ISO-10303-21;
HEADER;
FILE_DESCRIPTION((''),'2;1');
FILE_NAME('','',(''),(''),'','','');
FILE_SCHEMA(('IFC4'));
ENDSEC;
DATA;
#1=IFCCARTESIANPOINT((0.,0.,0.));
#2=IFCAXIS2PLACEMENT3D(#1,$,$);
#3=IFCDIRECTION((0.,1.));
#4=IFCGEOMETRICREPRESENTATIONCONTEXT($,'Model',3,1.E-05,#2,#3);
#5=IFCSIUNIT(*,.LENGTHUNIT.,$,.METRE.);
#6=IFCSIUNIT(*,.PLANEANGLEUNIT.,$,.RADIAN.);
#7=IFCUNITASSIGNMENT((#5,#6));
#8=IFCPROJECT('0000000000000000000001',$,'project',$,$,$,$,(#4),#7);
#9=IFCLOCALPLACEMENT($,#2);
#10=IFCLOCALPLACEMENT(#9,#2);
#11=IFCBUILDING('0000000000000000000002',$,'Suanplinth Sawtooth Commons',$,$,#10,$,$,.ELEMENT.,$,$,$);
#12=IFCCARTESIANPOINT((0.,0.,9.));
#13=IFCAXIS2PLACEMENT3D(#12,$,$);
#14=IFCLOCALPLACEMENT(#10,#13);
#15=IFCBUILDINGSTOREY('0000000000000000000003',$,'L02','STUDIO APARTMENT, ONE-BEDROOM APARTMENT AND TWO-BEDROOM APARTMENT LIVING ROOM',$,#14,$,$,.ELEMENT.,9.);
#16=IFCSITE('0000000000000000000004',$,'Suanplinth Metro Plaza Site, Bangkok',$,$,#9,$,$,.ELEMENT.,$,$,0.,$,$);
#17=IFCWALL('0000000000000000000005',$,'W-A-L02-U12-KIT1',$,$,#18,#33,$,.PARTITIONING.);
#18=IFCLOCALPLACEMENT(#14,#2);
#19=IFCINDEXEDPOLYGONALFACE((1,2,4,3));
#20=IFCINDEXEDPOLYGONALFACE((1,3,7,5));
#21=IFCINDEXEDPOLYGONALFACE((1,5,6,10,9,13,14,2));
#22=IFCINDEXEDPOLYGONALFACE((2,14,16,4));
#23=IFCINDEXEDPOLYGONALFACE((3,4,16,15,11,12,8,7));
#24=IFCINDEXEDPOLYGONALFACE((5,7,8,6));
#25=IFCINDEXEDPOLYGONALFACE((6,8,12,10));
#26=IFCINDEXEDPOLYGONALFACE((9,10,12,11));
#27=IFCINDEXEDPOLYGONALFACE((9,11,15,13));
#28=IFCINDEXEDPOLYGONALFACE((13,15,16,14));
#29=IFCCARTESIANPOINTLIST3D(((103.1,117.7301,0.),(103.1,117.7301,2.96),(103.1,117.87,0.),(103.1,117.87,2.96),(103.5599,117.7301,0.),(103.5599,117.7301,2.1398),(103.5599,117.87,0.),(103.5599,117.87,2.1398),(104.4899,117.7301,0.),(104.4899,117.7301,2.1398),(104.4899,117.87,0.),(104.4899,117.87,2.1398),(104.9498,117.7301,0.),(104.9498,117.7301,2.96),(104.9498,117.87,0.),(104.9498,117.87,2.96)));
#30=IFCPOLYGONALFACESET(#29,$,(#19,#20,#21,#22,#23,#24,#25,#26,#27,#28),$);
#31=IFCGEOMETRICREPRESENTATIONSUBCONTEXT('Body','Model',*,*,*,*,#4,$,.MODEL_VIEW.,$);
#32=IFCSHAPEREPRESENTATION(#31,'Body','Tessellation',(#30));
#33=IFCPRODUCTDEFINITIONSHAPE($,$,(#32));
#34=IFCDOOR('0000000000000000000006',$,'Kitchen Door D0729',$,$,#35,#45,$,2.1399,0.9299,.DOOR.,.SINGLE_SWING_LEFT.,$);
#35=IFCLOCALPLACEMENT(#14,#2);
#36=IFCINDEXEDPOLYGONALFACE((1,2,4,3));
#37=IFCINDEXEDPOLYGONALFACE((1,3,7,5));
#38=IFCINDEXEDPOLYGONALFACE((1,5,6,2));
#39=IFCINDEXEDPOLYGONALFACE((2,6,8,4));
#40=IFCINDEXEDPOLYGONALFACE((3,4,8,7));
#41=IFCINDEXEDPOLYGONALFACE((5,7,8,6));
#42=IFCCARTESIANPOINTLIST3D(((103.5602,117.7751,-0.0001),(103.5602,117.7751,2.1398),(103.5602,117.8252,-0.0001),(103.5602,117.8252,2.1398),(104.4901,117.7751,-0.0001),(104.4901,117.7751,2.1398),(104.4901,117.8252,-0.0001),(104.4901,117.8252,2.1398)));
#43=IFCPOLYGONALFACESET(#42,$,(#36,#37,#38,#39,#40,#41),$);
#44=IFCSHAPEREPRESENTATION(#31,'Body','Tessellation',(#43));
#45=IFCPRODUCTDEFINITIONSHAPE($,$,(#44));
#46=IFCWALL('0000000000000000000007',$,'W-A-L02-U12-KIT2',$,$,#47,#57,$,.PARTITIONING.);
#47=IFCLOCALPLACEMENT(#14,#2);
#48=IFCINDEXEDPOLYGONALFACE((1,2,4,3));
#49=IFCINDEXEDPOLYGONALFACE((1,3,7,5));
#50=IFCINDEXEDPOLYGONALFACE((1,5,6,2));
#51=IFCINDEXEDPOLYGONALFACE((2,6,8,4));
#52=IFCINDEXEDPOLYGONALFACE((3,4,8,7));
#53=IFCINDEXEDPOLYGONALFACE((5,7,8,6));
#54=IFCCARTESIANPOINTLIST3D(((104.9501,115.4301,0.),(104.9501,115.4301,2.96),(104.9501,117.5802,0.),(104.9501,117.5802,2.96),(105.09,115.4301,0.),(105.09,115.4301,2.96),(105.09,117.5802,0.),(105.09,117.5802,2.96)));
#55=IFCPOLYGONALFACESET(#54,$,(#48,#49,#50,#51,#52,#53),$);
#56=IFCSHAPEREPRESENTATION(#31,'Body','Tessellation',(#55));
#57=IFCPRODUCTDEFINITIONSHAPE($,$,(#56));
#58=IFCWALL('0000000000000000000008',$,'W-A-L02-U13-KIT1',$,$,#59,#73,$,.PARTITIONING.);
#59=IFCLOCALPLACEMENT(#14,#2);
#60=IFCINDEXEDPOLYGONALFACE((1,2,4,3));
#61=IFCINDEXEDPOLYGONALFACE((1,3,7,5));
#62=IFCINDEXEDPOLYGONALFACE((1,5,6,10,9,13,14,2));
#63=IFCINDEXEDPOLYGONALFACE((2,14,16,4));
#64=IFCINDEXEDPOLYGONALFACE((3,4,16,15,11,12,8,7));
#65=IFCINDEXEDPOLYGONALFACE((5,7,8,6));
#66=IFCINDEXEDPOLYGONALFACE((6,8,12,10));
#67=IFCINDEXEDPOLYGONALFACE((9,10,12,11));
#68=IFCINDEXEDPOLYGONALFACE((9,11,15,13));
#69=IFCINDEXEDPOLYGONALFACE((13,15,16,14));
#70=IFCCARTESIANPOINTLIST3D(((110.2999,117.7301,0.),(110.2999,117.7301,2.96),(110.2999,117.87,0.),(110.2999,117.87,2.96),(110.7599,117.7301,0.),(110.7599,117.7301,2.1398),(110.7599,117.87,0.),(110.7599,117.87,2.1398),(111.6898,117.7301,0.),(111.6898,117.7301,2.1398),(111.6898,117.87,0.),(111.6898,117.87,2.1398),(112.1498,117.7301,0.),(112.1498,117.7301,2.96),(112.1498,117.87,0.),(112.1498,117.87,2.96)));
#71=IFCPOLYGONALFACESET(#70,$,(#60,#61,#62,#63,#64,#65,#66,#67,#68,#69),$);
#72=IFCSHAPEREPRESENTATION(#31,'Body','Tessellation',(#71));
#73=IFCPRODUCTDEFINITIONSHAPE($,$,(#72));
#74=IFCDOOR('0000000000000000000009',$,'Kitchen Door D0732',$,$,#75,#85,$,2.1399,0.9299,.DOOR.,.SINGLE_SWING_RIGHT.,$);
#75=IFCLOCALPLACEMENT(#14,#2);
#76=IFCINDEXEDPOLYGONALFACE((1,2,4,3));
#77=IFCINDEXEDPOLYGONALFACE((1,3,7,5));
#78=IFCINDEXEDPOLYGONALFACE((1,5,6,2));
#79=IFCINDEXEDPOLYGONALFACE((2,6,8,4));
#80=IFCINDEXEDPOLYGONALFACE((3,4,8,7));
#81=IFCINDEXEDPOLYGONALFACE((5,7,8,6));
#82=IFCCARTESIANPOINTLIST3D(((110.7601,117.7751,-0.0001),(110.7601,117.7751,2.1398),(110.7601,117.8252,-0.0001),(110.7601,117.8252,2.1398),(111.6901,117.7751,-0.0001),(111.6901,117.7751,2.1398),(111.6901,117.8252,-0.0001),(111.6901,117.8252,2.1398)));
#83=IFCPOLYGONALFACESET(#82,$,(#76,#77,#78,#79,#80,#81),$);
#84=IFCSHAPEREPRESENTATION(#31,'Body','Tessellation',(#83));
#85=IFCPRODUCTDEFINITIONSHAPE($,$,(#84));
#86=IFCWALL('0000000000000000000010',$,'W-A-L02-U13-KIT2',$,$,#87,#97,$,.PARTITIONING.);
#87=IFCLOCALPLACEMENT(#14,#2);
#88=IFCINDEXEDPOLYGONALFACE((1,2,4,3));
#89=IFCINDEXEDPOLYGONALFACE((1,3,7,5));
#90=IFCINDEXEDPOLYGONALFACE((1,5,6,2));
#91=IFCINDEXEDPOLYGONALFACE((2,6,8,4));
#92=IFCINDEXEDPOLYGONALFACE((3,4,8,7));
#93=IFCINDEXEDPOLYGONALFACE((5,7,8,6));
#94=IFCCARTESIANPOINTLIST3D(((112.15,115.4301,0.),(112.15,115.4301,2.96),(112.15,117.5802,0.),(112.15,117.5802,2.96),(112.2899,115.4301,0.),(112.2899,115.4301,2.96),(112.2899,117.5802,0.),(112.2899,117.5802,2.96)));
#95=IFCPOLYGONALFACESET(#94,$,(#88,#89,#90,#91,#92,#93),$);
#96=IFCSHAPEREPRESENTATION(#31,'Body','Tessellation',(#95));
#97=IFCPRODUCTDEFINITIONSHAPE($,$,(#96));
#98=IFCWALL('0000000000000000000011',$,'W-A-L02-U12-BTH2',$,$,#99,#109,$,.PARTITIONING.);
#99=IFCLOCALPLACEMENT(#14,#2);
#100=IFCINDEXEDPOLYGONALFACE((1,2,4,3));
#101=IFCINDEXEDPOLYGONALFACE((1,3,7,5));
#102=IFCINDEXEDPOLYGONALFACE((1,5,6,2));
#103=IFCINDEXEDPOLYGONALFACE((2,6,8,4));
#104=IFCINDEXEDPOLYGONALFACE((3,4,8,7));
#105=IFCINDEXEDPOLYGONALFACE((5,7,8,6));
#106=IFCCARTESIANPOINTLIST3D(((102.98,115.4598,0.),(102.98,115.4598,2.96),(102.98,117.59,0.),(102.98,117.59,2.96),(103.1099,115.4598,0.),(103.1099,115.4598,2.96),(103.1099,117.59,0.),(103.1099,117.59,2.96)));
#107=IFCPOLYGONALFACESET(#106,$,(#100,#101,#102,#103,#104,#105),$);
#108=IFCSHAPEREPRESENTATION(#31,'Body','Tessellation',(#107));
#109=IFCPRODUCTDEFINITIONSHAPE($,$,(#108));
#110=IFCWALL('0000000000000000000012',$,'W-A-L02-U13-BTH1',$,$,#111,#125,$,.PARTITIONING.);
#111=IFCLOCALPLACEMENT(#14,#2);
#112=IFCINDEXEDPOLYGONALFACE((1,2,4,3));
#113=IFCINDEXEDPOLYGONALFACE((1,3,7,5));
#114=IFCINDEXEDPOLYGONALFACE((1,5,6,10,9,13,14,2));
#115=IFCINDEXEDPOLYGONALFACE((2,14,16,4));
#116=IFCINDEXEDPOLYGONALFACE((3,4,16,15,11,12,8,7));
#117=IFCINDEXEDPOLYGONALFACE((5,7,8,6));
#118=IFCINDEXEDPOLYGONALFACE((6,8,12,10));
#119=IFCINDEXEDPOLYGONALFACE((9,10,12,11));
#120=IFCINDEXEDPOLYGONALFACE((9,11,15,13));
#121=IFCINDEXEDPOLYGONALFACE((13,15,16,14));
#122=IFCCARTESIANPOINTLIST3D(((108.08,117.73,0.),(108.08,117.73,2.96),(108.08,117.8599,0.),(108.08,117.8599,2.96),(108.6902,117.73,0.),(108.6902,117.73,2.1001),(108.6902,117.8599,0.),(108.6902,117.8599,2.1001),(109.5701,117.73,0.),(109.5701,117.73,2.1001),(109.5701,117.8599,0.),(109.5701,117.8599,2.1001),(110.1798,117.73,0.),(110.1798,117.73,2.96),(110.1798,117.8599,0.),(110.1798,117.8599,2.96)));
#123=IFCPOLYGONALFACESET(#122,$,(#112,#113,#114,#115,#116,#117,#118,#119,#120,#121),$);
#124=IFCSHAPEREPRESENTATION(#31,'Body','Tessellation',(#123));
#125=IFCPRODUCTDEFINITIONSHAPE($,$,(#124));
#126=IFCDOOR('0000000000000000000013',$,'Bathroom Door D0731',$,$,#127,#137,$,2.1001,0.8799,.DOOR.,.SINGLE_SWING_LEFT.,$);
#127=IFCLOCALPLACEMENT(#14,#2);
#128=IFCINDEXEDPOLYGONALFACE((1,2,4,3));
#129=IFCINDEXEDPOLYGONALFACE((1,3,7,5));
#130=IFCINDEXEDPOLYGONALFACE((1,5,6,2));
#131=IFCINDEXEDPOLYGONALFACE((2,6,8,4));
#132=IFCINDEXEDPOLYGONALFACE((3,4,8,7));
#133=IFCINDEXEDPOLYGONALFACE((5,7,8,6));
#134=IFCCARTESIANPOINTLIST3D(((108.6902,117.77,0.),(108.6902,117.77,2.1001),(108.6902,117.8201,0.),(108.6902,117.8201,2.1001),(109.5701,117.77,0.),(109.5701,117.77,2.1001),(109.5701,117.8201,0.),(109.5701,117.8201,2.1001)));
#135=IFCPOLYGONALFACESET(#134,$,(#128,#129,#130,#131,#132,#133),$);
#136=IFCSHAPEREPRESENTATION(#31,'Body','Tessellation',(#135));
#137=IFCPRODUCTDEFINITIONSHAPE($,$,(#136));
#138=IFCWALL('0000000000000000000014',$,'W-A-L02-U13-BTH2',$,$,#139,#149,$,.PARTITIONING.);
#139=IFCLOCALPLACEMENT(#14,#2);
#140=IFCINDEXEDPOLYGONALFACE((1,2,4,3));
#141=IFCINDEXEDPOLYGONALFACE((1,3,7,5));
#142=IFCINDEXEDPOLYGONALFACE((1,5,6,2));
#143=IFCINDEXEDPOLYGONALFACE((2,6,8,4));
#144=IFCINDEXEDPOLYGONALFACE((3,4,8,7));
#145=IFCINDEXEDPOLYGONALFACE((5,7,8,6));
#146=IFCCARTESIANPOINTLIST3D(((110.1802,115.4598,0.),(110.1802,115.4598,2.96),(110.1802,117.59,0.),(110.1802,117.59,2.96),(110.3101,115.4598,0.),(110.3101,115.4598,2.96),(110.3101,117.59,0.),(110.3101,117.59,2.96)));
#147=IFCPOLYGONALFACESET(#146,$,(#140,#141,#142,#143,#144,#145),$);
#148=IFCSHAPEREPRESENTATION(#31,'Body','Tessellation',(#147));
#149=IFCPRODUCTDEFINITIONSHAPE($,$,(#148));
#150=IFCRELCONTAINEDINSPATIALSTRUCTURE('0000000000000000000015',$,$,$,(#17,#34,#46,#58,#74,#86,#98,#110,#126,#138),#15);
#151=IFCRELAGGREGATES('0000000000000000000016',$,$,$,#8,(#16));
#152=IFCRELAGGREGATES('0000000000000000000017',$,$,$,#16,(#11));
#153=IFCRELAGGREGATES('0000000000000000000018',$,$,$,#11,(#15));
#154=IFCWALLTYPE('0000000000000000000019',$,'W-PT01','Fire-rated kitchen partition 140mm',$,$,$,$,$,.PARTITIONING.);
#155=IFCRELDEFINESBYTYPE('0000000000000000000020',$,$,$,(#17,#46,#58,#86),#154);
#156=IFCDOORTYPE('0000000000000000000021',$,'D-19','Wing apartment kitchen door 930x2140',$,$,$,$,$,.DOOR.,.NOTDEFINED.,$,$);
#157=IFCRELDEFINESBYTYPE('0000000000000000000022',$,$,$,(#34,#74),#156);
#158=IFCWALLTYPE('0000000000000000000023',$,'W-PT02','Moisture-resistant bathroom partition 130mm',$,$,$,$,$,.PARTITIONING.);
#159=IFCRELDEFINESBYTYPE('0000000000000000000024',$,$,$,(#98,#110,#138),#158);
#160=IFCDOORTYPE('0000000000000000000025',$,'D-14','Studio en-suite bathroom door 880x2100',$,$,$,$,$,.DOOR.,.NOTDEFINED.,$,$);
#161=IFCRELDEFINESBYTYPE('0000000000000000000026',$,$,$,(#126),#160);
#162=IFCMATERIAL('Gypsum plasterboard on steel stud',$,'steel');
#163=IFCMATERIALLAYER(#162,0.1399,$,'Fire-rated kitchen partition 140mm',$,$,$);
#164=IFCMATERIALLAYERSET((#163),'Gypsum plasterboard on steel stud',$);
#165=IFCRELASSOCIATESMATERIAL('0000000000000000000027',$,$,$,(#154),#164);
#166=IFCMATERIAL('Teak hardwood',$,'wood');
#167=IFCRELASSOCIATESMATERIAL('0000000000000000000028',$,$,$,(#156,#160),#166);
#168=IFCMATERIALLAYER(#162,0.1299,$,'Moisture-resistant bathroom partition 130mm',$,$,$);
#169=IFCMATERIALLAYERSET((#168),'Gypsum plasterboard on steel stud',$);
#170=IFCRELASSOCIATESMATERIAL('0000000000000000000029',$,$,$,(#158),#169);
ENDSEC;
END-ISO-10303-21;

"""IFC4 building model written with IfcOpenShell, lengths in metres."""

from ifc_helpers import new_model, si_unit, direction, frame, frame_2d, origin, place, context, subcontext, project, spatial, rectangle, extrude, material, layer, layer_set, type_object, element, fill, save


model = new_model("IFC4")

# Units and contexts
model_context = context("Model", 3, precision=1e-05, world=origin(), true_north=direction((0.0, 1.0)))
body_context = subcontext(model_context, "Body", "Model", "MODEL_VIEW")
ifc_project = project(units=[si_unit("LENGTHUNIT", "METRE"), si_unit("PLANEANGLEUNIT", "RADIAN")], contexts=[model_context])

# Site, building, storey
site_placement = place(None, origin())
site = spatial("IfcSite", under=ifc_project, at=site_placement, Name="Suanplinth Metro Plaza Site, Bangkok", CompositionType="ELEMENT", RefElevation=0.0)
building_placement = place(site_placement, origin())
building = spatial("IfcBuilding", under=site, at=building_placement, Name="Suanplinth Sawtooth Commons", CompositionType="ELEMENT")
storey_placement = place(building_placement, frame((0.0, 0.0, 9.0)))
storey = spatial("IfcBuildingStorey", under=building, at=storey_placement, Name="L02", Description="STUDIO APARTMENT, ONE-BEDROOM APARTMENT AND TWO-BEDROOM APARTMENT LIVING ROOM", CompositionType="ELEMENT", Elevation=9.0)

# Wall, opening, door
ifc_material_1 = material(Name="Gypsum plasterboard on steel stud", Category="steel")
ifc_layer_1 = layer(ifc_material_1, 0.1399, Name="Fire-rated kitchen partition 140mm")
ifc_layer_set_1 = layer_set([ifc_layer_1], Name="Gypsum plasterboard on steel stud")
wall_type_1 = type_object("IfcWallType", Name="W-PT01", Description="Fire-rated kitchen partition 140mm", PredefinedType="PARTITIONING", material=ifc_layer_set_1)
wall_1_placement = place(storey_placement, frame((103.1001, 117.8, 0.0), z_axis=(0.0, 0.0, 1.0), x_axis=(1.0, 0.0, 0.0)))
wall_1 = element("IfcWall", 1, at=wall_1_placement, inside=storey, type_object=wall_type_1, Name="W-A-L02-U12-KIT1", PredefinedType="PARTITIONING", context=body_context, shape_type="SweptSolid", body=[
    extrude(rectangle(XDim=1.8499, YDim=0.1399, at=frame_2d((0.9248, 0.0))), origin(), (0.0, 0.0, 1.0), 2.96),
])
opening_1_placement = place(wall_1_placement, frame((0.46, 0.0, 0.0)))
opening_1 = element("IfcOpeningElement", 2, at=opening_1_placement, cuts=wall_1, PredefinedType="OPENING", context=body_context, shape_type="SweptSolid", body=[
    extrude(rectangle(XDim=0.9299, YDim=2.1399, at=frame_2d((0.4648, 1.0698))), frame((0.0, 0.085, 0.0), z_axis=(0.0, -1.0, 0.0), x_axis=(1.0, 0.0, 0.0)), (0.0, 0.0, 1.0), 0.1697),
])
ifc_material_2 = material(Name="Teak hardwood", Category="wood")
door_type_1 = type_object("IfcDoorType", Name="D-19", Description="Wing apartment kitchen door 930x2140", OperationType="NOTDEFINED", PredefinedType="DOOR", material=ifc_material_2)
door_1_placement = place(opening_1_placement, frame((0.9299, 0.0, 0.0), z_axis=(0.0, 0.0, 1.0), x_axis=(-1.0, 0.0, 0.0)))
door_1 = element("IfcDoor", 3, at=door_1_placement, inside=storey, type_object=door_type_1, Name="Kitchen Door D0729", OperationType="SINGLE_SWING_LEFT", OverallHeight=2.1399, OverallWidth=0.9299, PredefinedType="DOOR", context=body_context, shape_type="SweptSolid", body=[
    extrude(rectangle(XDim=0.9299, YDim=2.1399, at=frame_2d((0.4648, 1.0698))), frame((0.0, 0.0249, 0.0), z_axis=(0.0, -1.0, 0.0), x_axis=(1.0, 0.0, 0.0)), (0.0, 0.0, 1.0), 0.05),
])
fill(opening_1, door_1)

# Wall
wall_2_placement = place(storey_placement, frame((105.02, 115.4299, 0.0), z_axis=(0.0, 0.0, 1.0), x_axis=(0.0, 1.0, 0.0)))
element("IfcWall", 4, at=wall_2_placement, inside=storey, type_object=wall_type_1, Name="W-A-L02-U12-KIT2", PredefinedType="PARTITIONING", context=body_context, shape_type="SweptSolid", body=[
    extrude(rectangle(XDim=2.1501, YDim=0.1399, at=frame_2d((1.0752, 0.0))), origin(), (0.0, 0.0, 1.0), 2.96),
])

# Wall, opening, door
wall_3_placement = place(storey_placement, frame((110.3, 117.8, 0.0), z_axis=(0.0, 0.0, 1.0), x_axis=(1.0, 0.0, 0.0)))
wall_3 = element("IfcWall", 5, at=wall_3_placement, inside=storey, type_object=wall_type_1, Name="W-A-L02-U13-KIT1", PredefinedType="PARTITIONING", context=body_context, shape_type="SweptSolid", body=[
    extrude(rectangle(XDim=1.8499, YDim=0.1399, at=frame_2d((0.9248, 0.0))), origin(), (0.0, 0.0, 1.0), 2.96),
])
opening_2_placement = place(wall_3_placement, frame((0.46, 0.0, 0.0)))
opening_2 = element("IfcOpeningElement", 6, at=opening_2_placement, cuts=wall_3, PredefinedType="OPENING", context=body_context, shape_type="SweptSolid", body=[
    extrude(rectangle(XDim=0.9299, YDim=2.1399, at=frame_2d((0.4648, 1.0698))), frame((0.0, 0.085, 0.0), z_axis=(0.0, -1.0, 0.0), x_axis=(1.0, 0.0, 0.0)), (0.0, 0.0, 1.0), 0.1697),
])
door_2_placement = place(opening_2_placement, frame((0.9299, 0.0, 0.0), z_axis=(0.0, 0.0, 1.0), x_axis=(-1.0, 0.0, 0.0)))
door_2 = element("IfcDoor", 7, at=door_2_placement, inside=storey, type_object=door_type_1, Name="Kitchen Door D0732", OperationType="SINGLE_SWING_RIGHT", OverallHeight=2.1399, OverallWidth=0.9299, PredefinedType="DOOR", context=body_context, shape_type="SweptSolid", body=[
    extrude(rectangle(XDim=0.9299, YDim=2.1399, at=frame_2d((0.4648, 1.0698))), frame((0.0, 0.0249, 0.0), z_axis=(0.0, -1.0, 0.0), x_axis=(1.0, 0.0, 0.0)), (0.0, 0.0, 1.0), 0.05),
])
fill(opening_2, door_2)

# Walls
wall_4_placement = place(storey_placement, frame((112.22, 115.4299, 0.0), z_axis=(0.0, 0.0, 1.0), x_axis=(0.0, 1.0, 0.0)))
element("IfcWall", 8, at=wall_4_placement, inside=storey, type_object=wall_type_1, Name="W-A-L02-U13-KIT2", PredefinedType="PARTITIONING", context=body_context, shape_type="SweptSolid", body=[
    extrude(rectangle(XDim=2.1501, YDim=0.1399, at=frame_2d((1.0752, 0.0))), origin(), (0.0, 0.0, 1.0), 2.96),
])
ifc_layer_2 = layer(ifc_material_1, 0.1299, Name="Moisture-resistant bathroom partition 130mm")
ifc_layer_set_2 = layer_set([ifc_layer_2], Name="Gypsum plasterboard on steel stud")
wall_type_2 = type_object("IfcWallType", Name="W-PT02", Description="Moisture-resistant bathroom partition 130mm", PredefinedType="PARTITIONING", material=ifc_layer_set_2)
wall_5_placement = place(storey_placement, frame((103.0449, 115.46, 0.0), z_axis=(0.0, 0.0, 1.0), x_axis=(0.0, 1.0, 0.0)))
element("IfcWall", 9, at=wall_5_placement, inside=storey, type_object=wall_type_2, Name="W-A-L02-U12-BTH2", PredefinedType="PARTITIONING", context=body_context, shape_type="SweptSolid", body=[
    extrude(rectangle(XDim=2.1301, YDim=0.1299, at=frame_2d((1.0649, 0.0))), origin(), (0.0, 0.0, 1.0), 2.96),
])

# Wall, opening, door
wall_6_placement = place(storey_placement, frame((108.0801, 117.7949, 0.0), z_axis=(0.0, 0.0, 1.0), x_axis=(1.0, 0.0, 0.0)))
wall_6 = element("IfcWall", 10, at=wall_6_placement, inside=storey, type_object=wall_type_2, Name="W-A-L02-U13-BTH1", PredefinedType="PARTITIONING", context=body_context, shape_type="SweptSolid", body=[
    extrude(rectangle(XDim=2.0999, YDim=0.1299, at=frame_2d((1.0498, 0.0))), origin(), (0.0, 0.0, 1.0), 2.96),
])
opening_3_placement = place(wall_6_placement, frame((0.6101, 0.0, 0.0)))
opening_3 = element("IfcOpeningElement", 11, at=opening_3_placement, cuts=wall_6, PredefinedType="OPENING", context=body_context, shape_type="SweptSolid", body=[
    extrude(rectangle(XDim=0.8799, YDim=2.1001, at=frame_2d((0.4399, 1.05))), frame((0.0, 0.0798, 0.0), z_axis=(0.0, -1.0, 0.0), x_axis=(1.0, 0.0, 0.0)), (0.0, 0.0, 1.0), 0.1597),
])
door_type_2 = type_object("IfcDoorType", Name="D-14", Description="Studio en-suite bathroom door 880x2100", OperationType="NOTDEFINED", PredefinedType="DOOR", material=ifc_material_2)
door_3_placement = place(opening_3_placement, frame((0.8799, 0.0, 0.0), z_axis=(0.0, 0.0, 1.0), x_axis=(-1.0, 0.0, 0.0)))
door_3 = element("IfcDoor", 12, at=door_3_placement, inside=storey, type_object=door_type_2, Name="Bathroom Door D0731", OperationType="SINGLE_SWING_LEFT", OverallHeight=2.1001, OverallWidth=0.8799, PredefinedType="DOOR", context=body_context, shape_type="SweptSolid", body=[
    extrude(rectangle(XDim=0.8799, YDim=2.1001, at=frame_2d((0.4399, 1.05))), frame((0.0, 0.0249, 0.0), z_axis=(0.0, -1.0, 0.0), x_axis=(1.0, 0.0, 0.0)), (0.0, 0.0, 1.0), 0.05),
])
fill(opening_3, door_3)

# Wall
wall_7_placement = place(storey_placement, frame((110.2451, 115.46, 0.0), z_axis=(0.0, 0.0, 1.0), x_axis=(0.0, 1.0, 0.0)))
element("IfcWall", 13, at=wall_7_placement, inside=storey, type_object=wall_type_2, Name="W-A-L02-U13-BTH2", PredefinedType="PARTITIONING", context=body_context, shape_type="SweptSolid", body=[
    extrude(rectangle(XDim=2.1301, YDim=0.1299, at=frame_2d((1.0649, 0.0))), origin(), (0.0, 0.0, 1.0), 2.96),
])

save(model, "model.ifc")
